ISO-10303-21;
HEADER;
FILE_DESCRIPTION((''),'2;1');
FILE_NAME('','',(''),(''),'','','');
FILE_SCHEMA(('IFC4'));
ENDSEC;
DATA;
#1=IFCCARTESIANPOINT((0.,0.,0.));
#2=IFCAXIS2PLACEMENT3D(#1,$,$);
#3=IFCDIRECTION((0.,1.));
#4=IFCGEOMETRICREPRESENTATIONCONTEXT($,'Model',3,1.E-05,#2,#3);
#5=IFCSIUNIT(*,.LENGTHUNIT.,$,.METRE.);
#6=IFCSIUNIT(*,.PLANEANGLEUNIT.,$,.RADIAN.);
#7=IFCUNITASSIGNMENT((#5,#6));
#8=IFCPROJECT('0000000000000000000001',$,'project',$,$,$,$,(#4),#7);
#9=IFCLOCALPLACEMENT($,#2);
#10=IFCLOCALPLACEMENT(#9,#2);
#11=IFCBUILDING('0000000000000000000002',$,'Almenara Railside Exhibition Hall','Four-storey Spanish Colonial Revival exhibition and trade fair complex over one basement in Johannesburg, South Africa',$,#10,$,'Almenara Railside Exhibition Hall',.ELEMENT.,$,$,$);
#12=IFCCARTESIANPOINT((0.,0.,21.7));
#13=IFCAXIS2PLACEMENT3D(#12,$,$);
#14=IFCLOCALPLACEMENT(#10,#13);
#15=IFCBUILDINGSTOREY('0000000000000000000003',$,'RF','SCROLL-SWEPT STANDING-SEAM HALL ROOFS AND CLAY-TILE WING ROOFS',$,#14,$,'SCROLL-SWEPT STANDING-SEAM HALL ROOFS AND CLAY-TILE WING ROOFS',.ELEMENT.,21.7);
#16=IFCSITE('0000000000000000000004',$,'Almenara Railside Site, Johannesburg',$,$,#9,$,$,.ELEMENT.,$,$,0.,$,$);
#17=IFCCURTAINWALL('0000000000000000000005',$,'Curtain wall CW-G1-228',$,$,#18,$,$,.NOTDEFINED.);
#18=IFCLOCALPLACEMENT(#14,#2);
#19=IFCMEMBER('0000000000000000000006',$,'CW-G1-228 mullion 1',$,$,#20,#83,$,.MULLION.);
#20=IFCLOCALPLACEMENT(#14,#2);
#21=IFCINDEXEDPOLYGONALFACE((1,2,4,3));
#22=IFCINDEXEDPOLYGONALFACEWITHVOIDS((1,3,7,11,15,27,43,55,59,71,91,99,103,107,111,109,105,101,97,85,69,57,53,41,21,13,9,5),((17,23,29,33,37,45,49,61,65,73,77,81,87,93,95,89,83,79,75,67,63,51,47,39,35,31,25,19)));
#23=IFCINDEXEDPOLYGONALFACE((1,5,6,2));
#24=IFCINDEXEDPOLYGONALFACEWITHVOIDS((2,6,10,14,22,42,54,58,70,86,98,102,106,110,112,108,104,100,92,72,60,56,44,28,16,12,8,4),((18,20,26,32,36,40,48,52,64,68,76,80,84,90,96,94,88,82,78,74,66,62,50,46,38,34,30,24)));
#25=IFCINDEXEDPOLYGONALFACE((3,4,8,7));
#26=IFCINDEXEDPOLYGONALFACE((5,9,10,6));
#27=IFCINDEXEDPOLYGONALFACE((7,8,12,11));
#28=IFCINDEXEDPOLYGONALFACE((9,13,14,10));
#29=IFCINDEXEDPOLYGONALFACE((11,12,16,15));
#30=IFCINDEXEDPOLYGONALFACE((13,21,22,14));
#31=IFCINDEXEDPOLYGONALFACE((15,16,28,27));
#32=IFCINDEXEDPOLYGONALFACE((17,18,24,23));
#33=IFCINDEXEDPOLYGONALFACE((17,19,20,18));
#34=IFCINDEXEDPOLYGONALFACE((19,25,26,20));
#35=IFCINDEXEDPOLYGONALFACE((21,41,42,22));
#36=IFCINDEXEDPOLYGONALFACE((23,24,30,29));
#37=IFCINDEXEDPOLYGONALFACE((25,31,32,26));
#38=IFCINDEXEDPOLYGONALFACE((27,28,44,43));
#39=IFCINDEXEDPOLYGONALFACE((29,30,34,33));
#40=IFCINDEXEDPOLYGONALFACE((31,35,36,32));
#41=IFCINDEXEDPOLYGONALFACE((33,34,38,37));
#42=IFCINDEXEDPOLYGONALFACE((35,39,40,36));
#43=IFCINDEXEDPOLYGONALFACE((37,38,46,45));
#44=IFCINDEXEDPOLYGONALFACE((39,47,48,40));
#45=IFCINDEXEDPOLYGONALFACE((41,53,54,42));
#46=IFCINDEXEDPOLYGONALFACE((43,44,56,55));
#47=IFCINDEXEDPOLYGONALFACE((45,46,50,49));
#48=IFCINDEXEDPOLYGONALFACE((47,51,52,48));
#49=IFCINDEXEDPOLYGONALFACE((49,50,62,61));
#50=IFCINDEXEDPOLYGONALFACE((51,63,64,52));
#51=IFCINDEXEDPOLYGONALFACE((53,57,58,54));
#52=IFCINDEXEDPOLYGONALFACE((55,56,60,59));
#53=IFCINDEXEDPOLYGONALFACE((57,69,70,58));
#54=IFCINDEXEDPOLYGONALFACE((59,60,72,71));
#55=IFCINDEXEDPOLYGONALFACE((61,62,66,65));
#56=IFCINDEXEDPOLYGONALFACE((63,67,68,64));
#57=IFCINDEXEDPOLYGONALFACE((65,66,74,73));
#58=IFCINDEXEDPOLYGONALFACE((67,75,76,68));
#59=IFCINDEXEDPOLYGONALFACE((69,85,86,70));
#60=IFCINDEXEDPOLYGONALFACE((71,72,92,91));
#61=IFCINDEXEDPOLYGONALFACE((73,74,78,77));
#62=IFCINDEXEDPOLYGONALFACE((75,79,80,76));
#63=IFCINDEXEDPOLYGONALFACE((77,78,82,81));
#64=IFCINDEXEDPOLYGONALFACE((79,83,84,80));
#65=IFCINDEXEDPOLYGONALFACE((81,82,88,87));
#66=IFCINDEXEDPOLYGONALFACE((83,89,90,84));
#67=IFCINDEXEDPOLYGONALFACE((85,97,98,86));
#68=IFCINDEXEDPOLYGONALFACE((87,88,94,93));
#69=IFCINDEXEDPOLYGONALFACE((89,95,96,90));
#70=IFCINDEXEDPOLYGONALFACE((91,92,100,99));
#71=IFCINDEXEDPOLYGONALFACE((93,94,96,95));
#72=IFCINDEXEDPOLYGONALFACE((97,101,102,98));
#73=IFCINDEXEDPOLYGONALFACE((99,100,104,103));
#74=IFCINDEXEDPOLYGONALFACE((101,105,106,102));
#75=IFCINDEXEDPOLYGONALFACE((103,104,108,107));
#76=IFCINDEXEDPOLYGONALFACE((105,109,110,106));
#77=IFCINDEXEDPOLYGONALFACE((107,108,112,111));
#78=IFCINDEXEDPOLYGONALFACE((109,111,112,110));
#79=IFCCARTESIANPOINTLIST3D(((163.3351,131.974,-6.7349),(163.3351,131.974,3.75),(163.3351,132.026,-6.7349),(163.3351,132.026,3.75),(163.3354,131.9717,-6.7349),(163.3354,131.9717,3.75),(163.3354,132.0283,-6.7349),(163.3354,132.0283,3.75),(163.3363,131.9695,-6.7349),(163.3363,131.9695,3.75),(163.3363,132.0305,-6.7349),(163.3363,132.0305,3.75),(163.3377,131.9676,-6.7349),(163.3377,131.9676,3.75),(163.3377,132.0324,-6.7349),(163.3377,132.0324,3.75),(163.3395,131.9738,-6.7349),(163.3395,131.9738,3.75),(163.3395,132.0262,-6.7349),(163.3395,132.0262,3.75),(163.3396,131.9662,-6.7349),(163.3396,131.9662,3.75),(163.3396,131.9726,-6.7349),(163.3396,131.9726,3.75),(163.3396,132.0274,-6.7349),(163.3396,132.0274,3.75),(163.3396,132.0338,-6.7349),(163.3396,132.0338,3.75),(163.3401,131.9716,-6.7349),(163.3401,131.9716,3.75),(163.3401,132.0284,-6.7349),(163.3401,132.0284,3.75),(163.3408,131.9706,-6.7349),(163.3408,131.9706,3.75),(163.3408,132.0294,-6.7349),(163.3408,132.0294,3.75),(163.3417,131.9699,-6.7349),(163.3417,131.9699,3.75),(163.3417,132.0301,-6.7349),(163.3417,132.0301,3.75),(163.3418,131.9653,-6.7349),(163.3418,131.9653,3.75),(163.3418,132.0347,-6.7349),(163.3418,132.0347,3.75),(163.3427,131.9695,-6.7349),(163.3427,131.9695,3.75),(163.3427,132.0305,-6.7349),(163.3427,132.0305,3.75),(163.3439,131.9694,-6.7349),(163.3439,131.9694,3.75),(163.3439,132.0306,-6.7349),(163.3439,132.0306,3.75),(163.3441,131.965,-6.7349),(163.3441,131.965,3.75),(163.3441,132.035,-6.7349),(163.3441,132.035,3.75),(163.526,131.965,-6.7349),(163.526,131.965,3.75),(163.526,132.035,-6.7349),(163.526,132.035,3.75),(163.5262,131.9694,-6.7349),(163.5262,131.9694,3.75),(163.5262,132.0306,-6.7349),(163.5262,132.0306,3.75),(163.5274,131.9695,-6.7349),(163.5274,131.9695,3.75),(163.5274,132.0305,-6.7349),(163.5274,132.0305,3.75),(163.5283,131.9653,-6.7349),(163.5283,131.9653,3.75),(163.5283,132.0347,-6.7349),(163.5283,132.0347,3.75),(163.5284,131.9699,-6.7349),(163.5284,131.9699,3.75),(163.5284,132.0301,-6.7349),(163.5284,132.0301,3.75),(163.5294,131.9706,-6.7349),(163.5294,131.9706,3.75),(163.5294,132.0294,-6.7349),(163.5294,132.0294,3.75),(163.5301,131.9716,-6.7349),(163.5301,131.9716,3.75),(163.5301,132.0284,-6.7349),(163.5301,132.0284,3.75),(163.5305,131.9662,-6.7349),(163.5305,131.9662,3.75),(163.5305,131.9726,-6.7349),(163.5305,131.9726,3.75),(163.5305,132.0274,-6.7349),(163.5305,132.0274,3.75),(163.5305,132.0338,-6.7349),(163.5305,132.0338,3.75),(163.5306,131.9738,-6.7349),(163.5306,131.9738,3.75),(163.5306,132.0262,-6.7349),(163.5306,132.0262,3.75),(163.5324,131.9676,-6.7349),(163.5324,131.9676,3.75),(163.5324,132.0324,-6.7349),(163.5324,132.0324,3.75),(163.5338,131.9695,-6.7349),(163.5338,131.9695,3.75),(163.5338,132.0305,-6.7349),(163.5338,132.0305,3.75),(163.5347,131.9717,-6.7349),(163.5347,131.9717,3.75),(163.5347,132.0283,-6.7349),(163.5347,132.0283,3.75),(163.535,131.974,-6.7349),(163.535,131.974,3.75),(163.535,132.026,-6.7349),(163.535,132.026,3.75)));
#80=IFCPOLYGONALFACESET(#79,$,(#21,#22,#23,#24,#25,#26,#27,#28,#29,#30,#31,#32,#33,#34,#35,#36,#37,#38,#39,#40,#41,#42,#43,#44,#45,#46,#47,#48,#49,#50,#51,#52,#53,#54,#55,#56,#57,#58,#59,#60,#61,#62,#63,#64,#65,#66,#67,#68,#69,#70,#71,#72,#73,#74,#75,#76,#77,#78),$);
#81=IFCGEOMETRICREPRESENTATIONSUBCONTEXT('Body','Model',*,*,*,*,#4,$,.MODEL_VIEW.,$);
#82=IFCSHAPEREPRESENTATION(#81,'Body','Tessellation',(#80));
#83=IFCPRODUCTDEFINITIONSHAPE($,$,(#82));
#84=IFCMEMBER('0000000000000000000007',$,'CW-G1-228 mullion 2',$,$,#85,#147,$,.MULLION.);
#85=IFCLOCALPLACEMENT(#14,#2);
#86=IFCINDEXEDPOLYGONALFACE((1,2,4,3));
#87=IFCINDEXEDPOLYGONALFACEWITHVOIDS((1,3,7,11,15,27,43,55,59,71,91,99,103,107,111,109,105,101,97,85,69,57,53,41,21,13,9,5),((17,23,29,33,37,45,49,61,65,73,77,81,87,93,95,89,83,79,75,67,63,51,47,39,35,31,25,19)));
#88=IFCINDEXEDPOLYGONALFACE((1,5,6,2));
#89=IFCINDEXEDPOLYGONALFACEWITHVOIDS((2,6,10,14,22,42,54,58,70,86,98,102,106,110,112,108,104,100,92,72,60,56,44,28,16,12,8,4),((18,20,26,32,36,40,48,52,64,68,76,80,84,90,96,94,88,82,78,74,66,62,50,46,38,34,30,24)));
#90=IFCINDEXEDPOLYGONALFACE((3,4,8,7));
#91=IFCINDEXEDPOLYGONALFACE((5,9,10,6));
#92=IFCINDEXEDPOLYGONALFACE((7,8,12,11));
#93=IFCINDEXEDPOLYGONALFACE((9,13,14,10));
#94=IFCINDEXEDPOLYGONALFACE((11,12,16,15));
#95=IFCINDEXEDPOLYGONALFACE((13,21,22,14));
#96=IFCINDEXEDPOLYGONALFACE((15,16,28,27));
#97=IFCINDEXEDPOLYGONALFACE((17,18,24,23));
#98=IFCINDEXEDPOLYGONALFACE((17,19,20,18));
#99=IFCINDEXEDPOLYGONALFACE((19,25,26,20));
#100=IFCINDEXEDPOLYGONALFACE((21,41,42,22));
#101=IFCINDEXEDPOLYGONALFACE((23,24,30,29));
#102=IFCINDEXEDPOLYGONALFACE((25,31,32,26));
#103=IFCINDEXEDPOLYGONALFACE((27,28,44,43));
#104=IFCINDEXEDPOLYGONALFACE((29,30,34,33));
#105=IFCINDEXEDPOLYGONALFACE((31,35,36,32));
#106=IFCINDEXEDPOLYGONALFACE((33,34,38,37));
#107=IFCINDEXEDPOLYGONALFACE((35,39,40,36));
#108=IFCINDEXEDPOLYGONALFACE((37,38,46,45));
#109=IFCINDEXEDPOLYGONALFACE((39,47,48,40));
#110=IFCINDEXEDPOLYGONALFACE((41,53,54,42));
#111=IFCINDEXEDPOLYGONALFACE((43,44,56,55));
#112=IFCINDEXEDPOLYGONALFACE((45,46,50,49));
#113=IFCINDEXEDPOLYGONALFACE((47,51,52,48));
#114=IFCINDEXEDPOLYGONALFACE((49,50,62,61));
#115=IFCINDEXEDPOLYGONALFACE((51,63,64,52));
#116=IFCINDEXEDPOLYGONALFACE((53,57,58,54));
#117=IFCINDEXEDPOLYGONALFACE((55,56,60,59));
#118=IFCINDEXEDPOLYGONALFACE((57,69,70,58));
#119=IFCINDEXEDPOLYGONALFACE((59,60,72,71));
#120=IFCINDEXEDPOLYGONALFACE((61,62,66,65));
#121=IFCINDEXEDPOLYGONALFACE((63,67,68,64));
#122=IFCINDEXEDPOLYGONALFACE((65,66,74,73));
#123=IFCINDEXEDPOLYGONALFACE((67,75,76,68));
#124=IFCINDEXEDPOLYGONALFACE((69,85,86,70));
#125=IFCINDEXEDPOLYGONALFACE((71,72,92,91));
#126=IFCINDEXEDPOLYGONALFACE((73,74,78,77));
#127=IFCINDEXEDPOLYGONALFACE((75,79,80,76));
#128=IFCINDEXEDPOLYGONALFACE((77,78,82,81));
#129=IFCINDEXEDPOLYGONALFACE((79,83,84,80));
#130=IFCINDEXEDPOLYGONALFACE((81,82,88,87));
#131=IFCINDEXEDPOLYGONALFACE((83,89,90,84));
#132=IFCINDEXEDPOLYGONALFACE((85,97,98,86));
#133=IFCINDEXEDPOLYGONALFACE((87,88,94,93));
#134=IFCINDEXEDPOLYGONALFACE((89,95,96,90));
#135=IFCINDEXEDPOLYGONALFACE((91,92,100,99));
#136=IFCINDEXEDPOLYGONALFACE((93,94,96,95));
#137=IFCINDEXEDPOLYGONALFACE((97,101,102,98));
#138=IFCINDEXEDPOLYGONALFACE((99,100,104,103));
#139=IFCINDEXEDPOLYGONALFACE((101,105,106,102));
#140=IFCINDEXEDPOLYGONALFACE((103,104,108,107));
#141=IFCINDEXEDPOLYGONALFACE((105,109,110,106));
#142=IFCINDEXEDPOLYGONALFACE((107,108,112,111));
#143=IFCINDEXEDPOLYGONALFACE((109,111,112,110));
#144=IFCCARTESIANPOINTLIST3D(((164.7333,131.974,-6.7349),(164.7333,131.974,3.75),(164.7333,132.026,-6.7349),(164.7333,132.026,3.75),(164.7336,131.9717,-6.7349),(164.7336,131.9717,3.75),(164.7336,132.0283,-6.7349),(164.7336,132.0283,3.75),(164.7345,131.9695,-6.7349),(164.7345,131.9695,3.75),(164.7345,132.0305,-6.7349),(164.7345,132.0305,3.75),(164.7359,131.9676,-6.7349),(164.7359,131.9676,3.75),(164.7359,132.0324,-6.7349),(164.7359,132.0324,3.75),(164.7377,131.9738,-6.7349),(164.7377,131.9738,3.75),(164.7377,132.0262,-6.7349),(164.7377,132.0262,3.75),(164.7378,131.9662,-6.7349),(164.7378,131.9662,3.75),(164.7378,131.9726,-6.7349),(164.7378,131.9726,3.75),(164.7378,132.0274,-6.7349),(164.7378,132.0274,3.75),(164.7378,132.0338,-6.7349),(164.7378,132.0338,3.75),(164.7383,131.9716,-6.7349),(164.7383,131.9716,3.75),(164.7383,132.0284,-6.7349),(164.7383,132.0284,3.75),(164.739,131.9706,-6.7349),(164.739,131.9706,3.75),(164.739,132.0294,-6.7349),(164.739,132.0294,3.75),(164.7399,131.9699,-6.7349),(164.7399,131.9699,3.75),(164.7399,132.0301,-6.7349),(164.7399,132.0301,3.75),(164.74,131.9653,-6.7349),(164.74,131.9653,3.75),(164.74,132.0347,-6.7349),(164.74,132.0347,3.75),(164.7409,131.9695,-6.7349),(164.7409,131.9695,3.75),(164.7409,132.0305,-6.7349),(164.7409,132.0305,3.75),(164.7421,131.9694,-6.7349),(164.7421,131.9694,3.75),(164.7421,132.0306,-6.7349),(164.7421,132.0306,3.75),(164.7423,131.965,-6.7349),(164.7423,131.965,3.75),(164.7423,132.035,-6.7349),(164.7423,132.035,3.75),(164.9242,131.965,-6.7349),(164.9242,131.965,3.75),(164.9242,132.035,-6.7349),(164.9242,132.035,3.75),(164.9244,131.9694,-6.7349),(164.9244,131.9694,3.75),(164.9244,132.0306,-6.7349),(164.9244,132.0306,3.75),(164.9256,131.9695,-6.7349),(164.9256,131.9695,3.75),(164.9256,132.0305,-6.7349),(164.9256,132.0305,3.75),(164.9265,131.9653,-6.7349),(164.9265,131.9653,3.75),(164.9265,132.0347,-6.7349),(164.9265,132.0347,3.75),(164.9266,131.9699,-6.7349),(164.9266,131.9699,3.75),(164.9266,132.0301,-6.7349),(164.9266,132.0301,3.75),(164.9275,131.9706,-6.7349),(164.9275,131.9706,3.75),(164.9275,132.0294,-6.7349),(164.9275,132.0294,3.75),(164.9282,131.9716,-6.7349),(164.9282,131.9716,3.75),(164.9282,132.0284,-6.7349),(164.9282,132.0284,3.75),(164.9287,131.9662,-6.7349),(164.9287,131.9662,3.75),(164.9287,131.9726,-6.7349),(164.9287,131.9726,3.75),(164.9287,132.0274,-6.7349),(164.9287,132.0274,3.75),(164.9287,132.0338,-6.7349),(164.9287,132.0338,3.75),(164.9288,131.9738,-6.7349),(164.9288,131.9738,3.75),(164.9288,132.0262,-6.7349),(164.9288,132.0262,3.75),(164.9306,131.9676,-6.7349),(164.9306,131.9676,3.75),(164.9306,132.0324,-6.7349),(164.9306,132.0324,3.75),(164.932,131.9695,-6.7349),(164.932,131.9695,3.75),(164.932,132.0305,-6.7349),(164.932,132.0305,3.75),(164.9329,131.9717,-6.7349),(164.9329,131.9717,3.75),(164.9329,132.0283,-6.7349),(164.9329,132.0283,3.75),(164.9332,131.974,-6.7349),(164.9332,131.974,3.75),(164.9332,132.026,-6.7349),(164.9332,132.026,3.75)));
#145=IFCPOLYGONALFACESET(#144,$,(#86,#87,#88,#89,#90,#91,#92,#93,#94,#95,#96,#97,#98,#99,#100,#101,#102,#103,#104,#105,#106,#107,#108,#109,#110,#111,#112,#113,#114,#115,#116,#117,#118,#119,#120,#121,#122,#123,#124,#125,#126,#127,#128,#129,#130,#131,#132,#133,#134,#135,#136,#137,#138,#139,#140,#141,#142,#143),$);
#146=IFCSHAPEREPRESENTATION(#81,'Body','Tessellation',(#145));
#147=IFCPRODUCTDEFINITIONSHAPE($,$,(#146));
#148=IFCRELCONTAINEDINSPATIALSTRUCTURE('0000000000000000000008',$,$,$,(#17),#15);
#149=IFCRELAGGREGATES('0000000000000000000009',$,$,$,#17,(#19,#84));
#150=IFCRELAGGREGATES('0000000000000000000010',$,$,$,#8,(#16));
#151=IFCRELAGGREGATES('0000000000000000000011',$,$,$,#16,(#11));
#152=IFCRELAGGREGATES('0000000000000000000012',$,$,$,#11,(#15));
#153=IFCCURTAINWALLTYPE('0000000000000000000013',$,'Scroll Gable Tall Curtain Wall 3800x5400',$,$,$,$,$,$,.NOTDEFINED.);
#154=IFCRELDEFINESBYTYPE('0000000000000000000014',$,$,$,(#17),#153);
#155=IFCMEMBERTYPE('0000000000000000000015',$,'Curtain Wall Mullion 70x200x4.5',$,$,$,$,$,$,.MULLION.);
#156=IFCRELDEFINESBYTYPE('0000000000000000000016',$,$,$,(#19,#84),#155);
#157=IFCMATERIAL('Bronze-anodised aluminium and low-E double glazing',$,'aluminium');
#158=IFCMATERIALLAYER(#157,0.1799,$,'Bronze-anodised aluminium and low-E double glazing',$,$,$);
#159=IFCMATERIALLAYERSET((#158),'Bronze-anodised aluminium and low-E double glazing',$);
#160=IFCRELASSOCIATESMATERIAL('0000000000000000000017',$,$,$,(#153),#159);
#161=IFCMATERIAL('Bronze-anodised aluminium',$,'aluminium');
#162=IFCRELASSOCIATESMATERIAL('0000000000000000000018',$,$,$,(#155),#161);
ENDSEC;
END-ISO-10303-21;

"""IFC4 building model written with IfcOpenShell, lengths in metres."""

from ifc_helpers import new_model, si_unit, direction, frame, origin, origin_2d, place, context, subcontext, project, spatial, hollow_rectangle, extrude, material, layer, layer_set, material_profile, profile_set, type_object, element, aggregate, save


model = new_model("IFC4")

# Units and contexts
model_context = context("Model", 3, precision=1e-05, world=origin(), true_north=direction((0.0, 1.0)))
body_context = subcontext(model_context, "Body", "Model", "MODEL_VIEW")
ifc_project = project(units=[si_unit("LENGTHUNIT", "METRE"), si_unit("PLANEANGLEUNIT", "RADIAN")], contexts=[model_context])

# Site, building, storey
site_placement = place(None, origin())
site = spatial("IfcSite", under=ifc_project, at=site_placement, Name="Almenara Railside Site, Johannesburg", CompositionType="ELEMENT", RefElevation=0.0)
building_placement = place(site_placement, origin())
building = spatial("IfcBuilding", under=site, at=building_placement, Name="Almenara Railside Exhibition Hall", Description="Four-storey Spanish Colonial Revival exhibition and trade fair complex over one basement in Johannesburg, South Africa", LongName="Almenara Railside Exhibition Hall", CompositionType="ELEMENT")
storey_placement = place(building_placement, frame((0.0, 0.0, 21.7)))
storey = spatial("IfcBuildingStorey", under=building, at=storey_placement, Name="RF", Description="SCROLL-SWEPT STANDING-SEAM HALL ROOFS AND CLAY-TILE WING ROOFS", LongName="SCROLL-SWEPT STANDING-SEAM HALL ROOFS AND CLAY-TILE WING ROOFS", CompositionType="ELEMENT", Elevation=21.7)

# Curtain wall, members
ifc_material_1 = material(Name="Bronze-anodised aluminium and low-E double glazing", Category="aluminium")
ifc_layer_1 = layer(ifc_material_1, 0.1799, Name="Bronze-anodised aluminium and low-E double glazing")
ifc_layer_set_1 = layer_set([ifc_layer_1], Name="Bronze-anodised aluminium and low-E double glazing")
curtain_wall_type = type_object("IfcCurtainWallType", Name="Scroll Gable Tall Curtain Wall 3800x5400", PredefinedType="NOTDEFINED", material=ifc_layer_set_1)
ifc_material_2 = material(Name="Bronze-anodised aluminium", Category="aluminium")
curtain_wall_1_placement = place(storey_placement, origin())
curtain_wall_1 = element("IfcCurtainWall", 1, at=curtain_wall_1_placement, inside=storey, type_object=curtain_wall_type, Name="Curtain wall CW-G1-228", PredefinedType="NOTDEFINED")
ifc_material_profile_1 = material_profile(ifc_material_2, hollow_rectangle(XDim=0.0701, YDim=0.2, WallThickness=0.0044, InnerFilletRadius=0.0044, OuterFilletRadius=0.009, at=origin_2d()), Name="ALU-MUL 70x200x4.5")
ifc_profile_set_1 = profile_set([ifc_material_profile_1], Name="Bronze-anodised aluminium")
member_type_1 = type_object("IfcMemberType", Name="Curtain Wall Mullion 70x200x4.5", PredefinedType="MULLION", material=ifc_profile_set_1)
member_1_placement = place(storey_placement, frame((163.4351, 132.0, -6.7349), z_axis=(0.0, 0.0, 1.0), x_axis=(0.0, 1.0, 0.0)))
member_1 = element("IfcMember", 2, at=member_1_placement, type_object=member_type_1, Name="CW-G1-228 mullion 1", PredefinedType="MULLION", context=body_context, shape_type="SweptSolid", body=[
    extrude(hollow_rectangle(XDim=0.0701, YDim=0.2, WallThickness=0.0044, InnerFilletRadius=0.0044, OuterFilletRadius=0.009, at=origin_2d()), origin(), (0.0, 0.0, 1.0), 10.4849),
])
member_2_placement = place(storey_placement, frame((164.8333, 132.0, -6.7349), z_axis=(0.0, 0.0, 1.0), x_axis=(0.0, 1.0, 0.0)))
member_2 = element("IfcMember", 3, at=member_2_placement, type_object=member_type_1, Name="CW-G1-228 mullion 2", PredefinedType="MULLION", context=body_context, shape_type="SweptSolid", body=[
    extrude(hollow_rectangle(XDim=0.0701, YDim=0.2, WallThickness=0.0044, InnerFilletRadius=0.0044, OuterFilletRadius=0.009, at=origin_2d()), origin(), (0.0, 0.0, 1.0), 10.4849),
])

aggregate(curtain_wall_1, [member_1, member_2])

save(model, "model.ifc")
